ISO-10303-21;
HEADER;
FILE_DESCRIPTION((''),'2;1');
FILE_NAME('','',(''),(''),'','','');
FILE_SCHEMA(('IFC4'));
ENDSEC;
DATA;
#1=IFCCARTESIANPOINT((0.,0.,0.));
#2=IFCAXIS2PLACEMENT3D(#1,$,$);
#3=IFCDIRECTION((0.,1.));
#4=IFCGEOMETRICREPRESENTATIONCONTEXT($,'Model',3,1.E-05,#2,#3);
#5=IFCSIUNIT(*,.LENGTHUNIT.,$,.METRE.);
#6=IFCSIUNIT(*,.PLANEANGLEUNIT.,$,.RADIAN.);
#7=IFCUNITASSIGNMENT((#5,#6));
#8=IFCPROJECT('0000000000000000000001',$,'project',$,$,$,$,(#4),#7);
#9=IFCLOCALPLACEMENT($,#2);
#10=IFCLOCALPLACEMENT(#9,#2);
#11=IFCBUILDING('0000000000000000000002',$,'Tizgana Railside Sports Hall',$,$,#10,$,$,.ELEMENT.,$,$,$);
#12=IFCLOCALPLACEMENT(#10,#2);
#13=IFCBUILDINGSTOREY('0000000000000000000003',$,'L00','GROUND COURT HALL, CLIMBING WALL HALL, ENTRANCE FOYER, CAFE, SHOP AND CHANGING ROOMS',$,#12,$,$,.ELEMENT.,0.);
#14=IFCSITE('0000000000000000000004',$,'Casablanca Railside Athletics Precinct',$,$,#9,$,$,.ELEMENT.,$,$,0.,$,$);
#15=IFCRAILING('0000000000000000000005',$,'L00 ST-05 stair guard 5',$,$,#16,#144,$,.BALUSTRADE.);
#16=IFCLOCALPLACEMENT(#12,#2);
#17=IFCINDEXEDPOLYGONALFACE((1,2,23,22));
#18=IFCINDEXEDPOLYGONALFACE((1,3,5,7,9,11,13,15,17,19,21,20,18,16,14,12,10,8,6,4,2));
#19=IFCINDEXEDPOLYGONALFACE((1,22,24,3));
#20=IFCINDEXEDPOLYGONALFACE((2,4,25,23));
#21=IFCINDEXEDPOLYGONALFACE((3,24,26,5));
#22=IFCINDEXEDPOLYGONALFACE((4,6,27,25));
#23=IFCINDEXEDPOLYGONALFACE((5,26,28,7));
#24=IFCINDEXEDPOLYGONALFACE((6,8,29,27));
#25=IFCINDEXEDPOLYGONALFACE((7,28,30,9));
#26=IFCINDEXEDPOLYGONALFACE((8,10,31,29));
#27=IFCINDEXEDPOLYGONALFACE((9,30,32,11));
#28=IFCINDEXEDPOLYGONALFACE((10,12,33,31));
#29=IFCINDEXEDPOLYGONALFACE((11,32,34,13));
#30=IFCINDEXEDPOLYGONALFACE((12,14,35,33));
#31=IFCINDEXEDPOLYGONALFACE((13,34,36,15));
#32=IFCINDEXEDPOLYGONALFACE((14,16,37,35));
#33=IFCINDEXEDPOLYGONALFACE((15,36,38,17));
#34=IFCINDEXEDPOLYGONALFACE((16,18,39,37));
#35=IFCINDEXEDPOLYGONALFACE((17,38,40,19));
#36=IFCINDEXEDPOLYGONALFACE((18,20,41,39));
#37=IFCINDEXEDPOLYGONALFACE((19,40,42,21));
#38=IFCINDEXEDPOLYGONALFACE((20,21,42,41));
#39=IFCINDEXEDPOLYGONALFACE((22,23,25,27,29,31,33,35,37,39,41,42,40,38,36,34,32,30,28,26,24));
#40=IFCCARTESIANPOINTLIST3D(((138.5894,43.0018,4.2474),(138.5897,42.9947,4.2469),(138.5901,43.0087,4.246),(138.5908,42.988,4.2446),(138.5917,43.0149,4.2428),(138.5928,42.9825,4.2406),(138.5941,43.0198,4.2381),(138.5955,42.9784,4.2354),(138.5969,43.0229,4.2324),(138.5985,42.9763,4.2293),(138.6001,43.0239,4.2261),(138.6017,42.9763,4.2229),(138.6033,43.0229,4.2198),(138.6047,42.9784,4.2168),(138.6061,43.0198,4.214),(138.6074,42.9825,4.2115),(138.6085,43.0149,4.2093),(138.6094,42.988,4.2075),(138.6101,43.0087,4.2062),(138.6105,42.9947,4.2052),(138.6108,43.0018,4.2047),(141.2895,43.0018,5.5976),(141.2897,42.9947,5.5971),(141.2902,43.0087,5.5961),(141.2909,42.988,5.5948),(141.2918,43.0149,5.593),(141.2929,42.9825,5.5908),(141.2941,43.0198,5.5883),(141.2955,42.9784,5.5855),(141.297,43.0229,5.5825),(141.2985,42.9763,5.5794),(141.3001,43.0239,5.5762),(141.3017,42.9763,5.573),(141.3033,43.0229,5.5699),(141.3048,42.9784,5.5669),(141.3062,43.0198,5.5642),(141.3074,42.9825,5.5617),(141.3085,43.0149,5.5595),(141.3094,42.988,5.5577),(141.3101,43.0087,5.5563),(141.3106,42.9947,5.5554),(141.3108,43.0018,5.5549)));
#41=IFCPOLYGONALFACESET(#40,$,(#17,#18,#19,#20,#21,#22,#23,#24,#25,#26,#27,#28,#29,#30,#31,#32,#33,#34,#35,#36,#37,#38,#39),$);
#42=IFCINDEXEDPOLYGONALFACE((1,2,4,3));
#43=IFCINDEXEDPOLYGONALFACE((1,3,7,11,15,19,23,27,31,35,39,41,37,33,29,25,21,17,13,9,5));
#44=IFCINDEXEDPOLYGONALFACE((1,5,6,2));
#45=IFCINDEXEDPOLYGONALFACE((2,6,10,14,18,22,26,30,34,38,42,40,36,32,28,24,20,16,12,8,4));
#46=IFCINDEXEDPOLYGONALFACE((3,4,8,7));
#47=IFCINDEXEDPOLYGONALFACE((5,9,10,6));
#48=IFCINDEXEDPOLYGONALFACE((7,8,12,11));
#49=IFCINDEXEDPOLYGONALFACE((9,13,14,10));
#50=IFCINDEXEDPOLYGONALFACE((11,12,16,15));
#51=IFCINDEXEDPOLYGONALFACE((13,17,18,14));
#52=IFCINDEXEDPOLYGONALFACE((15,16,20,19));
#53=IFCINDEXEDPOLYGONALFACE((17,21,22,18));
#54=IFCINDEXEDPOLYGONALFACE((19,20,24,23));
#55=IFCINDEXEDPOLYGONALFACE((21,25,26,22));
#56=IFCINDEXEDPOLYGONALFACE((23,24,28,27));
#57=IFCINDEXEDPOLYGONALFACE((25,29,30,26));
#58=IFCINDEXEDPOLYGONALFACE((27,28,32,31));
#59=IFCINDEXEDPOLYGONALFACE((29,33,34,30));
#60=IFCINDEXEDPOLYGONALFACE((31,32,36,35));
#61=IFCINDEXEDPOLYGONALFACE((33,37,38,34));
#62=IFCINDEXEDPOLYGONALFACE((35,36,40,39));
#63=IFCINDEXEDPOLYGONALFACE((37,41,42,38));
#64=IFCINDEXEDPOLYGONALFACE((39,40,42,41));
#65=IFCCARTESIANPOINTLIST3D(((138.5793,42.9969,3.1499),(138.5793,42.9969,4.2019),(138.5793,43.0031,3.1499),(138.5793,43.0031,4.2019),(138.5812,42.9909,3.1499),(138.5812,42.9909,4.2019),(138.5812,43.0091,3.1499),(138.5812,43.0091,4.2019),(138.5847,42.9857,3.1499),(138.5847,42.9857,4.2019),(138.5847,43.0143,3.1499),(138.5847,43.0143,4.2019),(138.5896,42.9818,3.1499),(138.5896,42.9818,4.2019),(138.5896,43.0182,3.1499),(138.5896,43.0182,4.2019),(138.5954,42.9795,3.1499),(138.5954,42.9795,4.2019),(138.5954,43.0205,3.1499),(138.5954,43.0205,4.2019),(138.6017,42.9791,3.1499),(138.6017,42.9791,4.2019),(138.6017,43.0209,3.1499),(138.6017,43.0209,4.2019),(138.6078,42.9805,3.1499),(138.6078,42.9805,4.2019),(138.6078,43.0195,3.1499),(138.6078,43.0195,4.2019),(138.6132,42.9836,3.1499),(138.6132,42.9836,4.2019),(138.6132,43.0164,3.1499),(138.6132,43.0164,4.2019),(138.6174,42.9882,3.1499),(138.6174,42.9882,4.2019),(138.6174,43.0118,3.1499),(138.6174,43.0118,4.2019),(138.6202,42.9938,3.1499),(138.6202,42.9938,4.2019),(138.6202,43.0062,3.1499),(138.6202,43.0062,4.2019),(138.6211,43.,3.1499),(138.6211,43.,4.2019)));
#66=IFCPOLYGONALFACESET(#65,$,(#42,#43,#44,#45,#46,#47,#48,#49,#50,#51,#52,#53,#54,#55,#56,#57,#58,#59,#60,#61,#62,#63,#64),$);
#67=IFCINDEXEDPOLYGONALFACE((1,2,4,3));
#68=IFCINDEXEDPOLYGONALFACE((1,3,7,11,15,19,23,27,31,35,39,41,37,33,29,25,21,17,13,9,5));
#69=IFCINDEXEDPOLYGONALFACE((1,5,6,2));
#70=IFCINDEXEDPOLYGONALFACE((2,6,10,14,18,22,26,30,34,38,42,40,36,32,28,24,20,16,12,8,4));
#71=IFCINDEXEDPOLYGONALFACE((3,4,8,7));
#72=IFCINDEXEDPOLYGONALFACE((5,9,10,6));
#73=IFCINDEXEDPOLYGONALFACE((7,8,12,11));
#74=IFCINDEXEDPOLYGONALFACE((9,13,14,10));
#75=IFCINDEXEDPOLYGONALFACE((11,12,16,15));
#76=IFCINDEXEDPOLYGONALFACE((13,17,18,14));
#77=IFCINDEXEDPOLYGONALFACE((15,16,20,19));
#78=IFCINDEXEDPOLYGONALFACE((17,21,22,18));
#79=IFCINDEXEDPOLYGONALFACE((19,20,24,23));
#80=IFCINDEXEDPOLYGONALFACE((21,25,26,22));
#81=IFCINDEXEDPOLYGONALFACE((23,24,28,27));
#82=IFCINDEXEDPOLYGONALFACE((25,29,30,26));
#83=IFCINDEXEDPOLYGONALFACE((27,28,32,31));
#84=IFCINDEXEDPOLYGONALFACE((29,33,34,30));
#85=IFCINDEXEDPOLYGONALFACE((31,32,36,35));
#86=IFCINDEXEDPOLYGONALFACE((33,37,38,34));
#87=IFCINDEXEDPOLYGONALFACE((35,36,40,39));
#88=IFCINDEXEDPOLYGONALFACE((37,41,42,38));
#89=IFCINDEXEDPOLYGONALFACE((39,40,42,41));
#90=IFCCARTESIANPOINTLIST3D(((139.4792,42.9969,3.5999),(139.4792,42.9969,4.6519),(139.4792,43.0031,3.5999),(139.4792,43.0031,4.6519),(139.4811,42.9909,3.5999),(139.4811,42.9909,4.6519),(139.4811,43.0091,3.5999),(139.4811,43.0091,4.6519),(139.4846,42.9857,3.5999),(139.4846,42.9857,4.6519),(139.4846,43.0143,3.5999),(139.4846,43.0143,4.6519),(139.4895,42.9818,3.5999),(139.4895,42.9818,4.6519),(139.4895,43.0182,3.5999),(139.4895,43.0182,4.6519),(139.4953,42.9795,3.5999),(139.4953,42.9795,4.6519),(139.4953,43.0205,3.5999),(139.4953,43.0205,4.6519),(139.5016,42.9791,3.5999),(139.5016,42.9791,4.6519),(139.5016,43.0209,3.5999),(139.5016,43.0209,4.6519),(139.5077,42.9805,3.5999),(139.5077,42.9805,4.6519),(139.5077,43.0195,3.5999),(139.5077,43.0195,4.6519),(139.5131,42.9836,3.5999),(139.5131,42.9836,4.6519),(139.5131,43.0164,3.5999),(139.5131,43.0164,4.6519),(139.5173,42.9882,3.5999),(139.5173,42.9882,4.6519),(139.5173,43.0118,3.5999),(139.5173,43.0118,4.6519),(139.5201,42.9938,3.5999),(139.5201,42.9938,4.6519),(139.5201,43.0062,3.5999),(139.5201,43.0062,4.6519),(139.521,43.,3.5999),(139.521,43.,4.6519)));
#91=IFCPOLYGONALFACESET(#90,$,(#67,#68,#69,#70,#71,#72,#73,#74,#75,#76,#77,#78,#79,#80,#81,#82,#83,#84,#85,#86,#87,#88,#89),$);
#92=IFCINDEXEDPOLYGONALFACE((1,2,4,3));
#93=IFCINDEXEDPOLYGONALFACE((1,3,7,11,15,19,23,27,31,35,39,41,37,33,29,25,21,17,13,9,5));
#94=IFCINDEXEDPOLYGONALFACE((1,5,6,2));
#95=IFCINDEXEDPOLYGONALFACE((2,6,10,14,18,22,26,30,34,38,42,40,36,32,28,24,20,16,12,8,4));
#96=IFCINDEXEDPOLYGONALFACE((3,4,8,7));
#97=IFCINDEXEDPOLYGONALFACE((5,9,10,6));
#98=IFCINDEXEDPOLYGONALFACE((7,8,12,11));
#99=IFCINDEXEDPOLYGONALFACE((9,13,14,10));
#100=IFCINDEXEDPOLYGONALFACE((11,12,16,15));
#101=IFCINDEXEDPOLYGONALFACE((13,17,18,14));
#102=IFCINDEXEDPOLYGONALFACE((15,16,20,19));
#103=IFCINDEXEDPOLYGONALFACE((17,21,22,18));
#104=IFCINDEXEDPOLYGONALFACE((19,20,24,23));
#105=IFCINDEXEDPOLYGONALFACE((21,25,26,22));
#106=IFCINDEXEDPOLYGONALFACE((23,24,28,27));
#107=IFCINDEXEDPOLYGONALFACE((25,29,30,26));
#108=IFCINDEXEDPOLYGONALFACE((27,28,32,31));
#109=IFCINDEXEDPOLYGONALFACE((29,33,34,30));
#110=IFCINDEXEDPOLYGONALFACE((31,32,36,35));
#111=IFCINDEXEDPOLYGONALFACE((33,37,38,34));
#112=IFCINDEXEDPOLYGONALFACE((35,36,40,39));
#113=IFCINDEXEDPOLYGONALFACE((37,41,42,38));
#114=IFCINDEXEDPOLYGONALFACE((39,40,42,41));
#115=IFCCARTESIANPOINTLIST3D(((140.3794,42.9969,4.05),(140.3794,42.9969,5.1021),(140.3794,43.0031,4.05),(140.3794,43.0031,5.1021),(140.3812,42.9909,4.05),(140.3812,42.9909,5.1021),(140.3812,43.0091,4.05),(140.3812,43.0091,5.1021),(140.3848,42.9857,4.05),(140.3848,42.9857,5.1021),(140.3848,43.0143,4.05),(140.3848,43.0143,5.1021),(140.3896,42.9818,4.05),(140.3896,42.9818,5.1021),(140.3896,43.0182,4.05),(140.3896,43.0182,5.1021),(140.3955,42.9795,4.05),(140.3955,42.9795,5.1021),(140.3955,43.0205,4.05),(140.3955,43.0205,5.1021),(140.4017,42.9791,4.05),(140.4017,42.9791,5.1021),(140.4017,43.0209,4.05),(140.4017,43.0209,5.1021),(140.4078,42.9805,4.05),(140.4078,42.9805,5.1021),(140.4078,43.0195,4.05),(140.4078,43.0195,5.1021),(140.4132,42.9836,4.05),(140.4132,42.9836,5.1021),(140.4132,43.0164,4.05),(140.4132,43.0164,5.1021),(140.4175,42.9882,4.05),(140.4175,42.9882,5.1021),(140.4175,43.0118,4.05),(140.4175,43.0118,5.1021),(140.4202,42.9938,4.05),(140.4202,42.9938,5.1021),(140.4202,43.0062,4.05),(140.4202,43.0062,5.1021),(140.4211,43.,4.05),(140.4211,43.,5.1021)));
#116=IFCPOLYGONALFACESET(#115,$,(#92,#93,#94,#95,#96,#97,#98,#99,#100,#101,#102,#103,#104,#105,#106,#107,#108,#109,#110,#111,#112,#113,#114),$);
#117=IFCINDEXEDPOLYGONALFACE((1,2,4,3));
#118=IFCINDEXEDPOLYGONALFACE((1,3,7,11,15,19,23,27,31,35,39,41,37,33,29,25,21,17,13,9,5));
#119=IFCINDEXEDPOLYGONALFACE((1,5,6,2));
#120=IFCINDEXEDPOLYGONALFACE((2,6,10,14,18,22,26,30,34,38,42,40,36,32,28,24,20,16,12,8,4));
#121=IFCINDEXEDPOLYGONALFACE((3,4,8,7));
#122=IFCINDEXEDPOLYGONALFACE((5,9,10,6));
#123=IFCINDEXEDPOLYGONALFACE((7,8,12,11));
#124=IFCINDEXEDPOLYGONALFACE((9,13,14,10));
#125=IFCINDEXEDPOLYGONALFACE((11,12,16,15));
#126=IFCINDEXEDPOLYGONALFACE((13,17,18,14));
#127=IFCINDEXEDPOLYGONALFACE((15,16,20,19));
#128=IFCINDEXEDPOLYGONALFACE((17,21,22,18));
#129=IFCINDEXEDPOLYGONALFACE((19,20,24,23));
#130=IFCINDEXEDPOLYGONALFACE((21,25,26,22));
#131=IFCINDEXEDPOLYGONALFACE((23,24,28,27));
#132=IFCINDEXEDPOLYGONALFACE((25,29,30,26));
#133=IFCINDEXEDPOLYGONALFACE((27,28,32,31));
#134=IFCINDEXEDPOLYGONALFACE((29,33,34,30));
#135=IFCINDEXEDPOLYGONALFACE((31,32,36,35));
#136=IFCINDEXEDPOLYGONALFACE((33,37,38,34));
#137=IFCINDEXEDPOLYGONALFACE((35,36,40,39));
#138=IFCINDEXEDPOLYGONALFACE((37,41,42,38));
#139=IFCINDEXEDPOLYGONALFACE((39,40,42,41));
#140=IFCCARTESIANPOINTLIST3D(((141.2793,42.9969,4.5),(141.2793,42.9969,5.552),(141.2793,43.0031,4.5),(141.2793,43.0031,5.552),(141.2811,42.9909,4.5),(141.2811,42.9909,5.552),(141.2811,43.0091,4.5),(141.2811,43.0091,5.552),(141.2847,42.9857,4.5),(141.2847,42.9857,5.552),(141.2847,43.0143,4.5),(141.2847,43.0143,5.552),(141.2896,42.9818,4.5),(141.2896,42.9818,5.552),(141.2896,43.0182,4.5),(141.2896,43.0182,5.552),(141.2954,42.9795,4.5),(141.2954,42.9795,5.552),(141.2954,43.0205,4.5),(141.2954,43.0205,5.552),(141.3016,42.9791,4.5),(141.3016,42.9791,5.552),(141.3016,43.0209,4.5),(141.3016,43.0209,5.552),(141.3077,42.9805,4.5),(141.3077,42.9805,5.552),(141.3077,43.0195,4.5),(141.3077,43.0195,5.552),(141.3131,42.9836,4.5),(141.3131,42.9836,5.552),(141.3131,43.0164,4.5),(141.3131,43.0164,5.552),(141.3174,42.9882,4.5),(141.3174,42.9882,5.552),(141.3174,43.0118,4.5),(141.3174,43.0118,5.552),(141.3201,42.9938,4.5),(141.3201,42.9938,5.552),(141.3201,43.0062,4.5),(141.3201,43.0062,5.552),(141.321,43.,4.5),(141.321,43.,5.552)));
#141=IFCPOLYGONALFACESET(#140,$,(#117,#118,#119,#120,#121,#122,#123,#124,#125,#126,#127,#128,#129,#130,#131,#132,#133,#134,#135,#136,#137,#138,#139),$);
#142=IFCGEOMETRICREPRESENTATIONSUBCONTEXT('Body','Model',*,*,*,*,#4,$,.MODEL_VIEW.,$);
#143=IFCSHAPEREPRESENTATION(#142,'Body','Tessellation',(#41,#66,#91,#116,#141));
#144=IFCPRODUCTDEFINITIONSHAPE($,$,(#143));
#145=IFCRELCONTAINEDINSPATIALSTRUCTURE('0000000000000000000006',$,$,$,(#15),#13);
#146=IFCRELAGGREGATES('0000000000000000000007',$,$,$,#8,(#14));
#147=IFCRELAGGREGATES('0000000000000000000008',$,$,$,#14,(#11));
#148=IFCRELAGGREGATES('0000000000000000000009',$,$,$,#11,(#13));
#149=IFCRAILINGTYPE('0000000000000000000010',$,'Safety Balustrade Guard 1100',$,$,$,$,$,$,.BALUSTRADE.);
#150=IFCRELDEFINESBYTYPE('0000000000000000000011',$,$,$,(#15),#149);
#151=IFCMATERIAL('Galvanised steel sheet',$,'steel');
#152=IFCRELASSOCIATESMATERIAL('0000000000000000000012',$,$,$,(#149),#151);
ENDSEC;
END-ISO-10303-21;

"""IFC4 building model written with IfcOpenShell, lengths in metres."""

from ifc_helpers import new_model, si_unit, direction, frame, origin, origin_2d, place, context, subcontext, project, spatial, circle, extrude, material, type_object, element, save


model = new_model("IFC4")

# Units and contexts
model_context = context("Model", 3, precision=1e-05, world=origin(), true_north=direction((0.0, 1.0)))
body_context = subcontext(model_context, "Body", "Model", "MODEL_VIEW")
ifc_project = project(units=[si_unit("LENGTHUNIT", "METRE"), si_unit("PLANEANGLEUNIT", "RADIAN")], contexts=[model_context])

# Site, building, storey
site_placement = place(None, origin())
site = spatial("IfcSite", under=ifc_project, at=site_placement, Name="Casablanca Railside Athletics Precinct", CompositionType="ELEMENT", RefElevation=0.0)
building_placement = place(site_placement, origin())
building = spatial("IfcBuilding", under=site, at=building_placement, Name="Tizgana Railside Sports Hall", CompositionType="ELEMENT")
storey_placement = place(building_placement, origin())
storey = spatial("IfcBuildingStorey", under=building, at=storey_placement, Name="L00", Description="GROUND COURT HALL, CLIMBING WALL HALL, ENTRANCE FOYER, CAFE, SHOP AND CHANGING ROOMS", CompositionType="ELEMENT", Elevation=0.0)

# Railing
ifc_material_1 = material(Name="Galvanised steel sheet", Category="steel")
railing_type_1 = type_object("IfcRailingType", Name="Safety Balustrade Guard 1100", PredefinedType="BALUSTRADE", material=ifc_material_1)
railing_1_placement = place(storey_placement, frame((138.6001, 43.0, 3.1499)))
element("IfcRailing", 1, at=railing_1_placement, inside=storey, type_object=railing_type_1, Name="L00 ST-05 stair guard 5", PredefinedType="BALUSTRADE", context=body_context, shape_type="SweptSolid", body=[
    extrude(circle(Radius=0.0239, at=origin_2d()), frame((0.0, 0.0, 1.0762), z_axis=(0.894411, 0.0, 0.447246), x_axis=(0.0, 1.0, 0.0)), (0.0, 0.0, 1.0), 3.0188),
    extrude(circle(Radius=0.021, at=origin_2d()), origin(), (0.0, 0.0, 1.0), 1.052),
    extrude(circle(Radius=0.021, at=origin_2d()), frame((0.8999, 0.0, 0.45)), (0.0, 0.0, 1.0), 1.052),
    extrude(circle(Radius=0.021, at=origin_2d()), frame((1.8, 0.0, 0.9001)), (0.0, 0.0, 1.0), 1.052),
    extrude(circle(Radius=0.021, at=origin_2d()), frame((2.7, 0.0, 1.3501)), (0.0, 0.0, 1.0), 1.052),
])

save(model, "model.ifc")
